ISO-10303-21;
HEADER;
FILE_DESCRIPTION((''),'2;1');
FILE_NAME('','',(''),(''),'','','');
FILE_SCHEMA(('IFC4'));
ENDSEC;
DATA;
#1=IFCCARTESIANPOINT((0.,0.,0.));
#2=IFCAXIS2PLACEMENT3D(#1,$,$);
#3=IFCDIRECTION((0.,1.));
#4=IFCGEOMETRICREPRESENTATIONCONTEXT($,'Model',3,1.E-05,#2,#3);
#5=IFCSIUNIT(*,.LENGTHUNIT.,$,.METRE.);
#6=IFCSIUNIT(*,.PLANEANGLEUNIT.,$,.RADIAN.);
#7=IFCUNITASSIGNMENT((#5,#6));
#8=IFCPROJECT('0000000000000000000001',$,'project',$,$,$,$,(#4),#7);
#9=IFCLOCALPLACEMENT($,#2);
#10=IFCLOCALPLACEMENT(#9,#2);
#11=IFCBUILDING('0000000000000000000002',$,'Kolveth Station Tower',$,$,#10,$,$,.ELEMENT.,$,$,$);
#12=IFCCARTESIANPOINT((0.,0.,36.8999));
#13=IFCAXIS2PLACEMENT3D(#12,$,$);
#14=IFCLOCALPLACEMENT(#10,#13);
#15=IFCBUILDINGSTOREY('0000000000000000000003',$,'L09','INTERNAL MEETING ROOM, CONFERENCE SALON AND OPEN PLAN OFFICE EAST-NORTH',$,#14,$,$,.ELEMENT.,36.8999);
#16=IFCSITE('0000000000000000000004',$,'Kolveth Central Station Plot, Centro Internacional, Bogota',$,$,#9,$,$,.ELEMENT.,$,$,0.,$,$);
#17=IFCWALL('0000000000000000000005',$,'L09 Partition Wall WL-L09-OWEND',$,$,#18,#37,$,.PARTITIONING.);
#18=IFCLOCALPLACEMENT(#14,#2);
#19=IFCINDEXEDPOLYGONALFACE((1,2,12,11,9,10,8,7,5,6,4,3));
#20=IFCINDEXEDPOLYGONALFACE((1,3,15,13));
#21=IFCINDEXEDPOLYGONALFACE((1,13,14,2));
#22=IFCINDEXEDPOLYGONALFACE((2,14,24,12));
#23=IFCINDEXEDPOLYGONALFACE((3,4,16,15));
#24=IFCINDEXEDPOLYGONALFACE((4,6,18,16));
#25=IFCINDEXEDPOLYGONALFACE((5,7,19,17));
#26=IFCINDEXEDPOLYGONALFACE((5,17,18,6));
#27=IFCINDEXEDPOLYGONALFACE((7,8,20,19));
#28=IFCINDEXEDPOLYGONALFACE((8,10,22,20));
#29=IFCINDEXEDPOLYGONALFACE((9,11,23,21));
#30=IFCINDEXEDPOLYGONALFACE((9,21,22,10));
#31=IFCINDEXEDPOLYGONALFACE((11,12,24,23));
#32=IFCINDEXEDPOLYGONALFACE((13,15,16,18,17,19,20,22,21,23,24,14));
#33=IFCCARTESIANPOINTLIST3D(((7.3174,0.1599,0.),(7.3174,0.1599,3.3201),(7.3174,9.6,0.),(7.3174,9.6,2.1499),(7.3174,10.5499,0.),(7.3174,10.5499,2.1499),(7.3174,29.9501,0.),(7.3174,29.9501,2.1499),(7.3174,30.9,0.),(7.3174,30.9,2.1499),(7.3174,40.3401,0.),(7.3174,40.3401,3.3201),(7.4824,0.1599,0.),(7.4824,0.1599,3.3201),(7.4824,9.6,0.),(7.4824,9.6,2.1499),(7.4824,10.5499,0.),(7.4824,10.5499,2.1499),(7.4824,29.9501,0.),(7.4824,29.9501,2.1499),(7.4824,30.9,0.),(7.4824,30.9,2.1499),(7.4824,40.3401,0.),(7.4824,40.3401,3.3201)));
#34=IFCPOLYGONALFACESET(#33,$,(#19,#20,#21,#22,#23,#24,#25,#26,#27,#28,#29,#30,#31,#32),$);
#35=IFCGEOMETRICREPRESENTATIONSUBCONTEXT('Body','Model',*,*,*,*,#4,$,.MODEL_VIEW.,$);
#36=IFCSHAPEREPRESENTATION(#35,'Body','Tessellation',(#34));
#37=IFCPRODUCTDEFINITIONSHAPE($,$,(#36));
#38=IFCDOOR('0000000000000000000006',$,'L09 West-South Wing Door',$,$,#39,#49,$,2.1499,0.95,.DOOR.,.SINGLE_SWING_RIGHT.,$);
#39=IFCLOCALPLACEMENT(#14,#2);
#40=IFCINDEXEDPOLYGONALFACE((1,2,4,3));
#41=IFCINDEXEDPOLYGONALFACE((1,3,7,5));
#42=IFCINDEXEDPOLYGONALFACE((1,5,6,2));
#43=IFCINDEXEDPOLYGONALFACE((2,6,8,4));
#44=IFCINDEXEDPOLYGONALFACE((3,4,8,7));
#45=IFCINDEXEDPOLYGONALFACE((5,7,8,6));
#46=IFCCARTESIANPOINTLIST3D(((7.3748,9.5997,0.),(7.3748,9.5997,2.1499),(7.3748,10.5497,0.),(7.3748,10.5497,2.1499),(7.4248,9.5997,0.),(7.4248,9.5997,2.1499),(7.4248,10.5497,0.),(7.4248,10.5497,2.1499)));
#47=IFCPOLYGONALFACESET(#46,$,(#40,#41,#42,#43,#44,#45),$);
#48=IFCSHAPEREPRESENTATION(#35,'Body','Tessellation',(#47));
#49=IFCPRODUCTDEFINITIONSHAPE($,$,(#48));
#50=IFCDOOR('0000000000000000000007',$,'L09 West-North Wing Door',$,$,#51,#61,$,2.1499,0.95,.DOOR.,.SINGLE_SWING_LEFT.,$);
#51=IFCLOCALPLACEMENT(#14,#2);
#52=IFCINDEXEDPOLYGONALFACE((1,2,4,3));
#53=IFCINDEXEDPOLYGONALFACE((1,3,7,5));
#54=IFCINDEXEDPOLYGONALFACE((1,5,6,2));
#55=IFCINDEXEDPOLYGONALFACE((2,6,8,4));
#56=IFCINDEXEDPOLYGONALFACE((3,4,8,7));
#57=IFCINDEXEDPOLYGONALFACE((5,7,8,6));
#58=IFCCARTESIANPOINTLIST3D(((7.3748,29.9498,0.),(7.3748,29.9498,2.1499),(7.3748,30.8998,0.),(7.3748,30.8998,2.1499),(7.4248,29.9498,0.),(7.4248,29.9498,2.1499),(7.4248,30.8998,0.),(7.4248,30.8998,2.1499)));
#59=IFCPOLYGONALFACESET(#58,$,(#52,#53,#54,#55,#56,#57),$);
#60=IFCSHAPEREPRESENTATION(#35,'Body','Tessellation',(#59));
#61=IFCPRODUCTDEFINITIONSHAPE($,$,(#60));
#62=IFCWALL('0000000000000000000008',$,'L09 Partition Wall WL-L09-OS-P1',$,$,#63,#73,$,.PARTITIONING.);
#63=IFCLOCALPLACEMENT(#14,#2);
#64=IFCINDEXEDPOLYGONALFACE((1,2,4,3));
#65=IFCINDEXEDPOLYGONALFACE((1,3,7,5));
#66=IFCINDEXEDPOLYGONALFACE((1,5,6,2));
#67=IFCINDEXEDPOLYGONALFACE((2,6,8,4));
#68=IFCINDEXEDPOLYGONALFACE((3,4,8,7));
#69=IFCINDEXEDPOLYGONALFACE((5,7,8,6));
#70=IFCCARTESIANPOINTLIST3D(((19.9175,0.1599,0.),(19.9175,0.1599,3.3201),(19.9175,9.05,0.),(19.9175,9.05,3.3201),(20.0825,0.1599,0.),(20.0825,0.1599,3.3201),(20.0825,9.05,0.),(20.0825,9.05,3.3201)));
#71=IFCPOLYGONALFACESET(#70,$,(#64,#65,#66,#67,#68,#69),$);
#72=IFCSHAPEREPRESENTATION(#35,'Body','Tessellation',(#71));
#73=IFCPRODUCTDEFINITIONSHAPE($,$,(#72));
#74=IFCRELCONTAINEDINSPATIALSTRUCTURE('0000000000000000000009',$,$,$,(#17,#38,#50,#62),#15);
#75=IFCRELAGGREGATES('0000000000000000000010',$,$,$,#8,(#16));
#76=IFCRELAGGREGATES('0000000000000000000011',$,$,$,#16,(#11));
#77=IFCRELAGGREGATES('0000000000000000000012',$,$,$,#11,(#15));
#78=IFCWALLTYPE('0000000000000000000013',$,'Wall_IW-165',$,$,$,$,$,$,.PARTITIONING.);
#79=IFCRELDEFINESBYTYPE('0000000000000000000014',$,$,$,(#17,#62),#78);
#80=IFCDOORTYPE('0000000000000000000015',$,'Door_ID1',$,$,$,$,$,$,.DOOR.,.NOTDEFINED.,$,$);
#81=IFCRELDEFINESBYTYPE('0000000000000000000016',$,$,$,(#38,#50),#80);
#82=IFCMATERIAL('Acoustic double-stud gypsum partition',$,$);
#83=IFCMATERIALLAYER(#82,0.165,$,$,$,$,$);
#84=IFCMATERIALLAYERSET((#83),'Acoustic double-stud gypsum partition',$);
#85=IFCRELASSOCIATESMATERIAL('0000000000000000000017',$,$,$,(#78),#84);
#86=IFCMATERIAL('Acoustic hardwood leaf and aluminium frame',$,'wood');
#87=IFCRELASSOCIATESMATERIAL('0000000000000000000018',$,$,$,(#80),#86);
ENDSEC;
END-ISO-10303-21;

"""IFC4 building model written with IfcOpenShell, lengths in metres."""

from ifc_helpers import new_model, si_unit, direction, frame, frame_2d, origin, place, context, subcontext, project, spatial, rectangle, extrude, material, layer, layer_set, type_object, element, fill, save


model = new_model("IFC4")

# Units and contexts
model_context = context("Model", 3, precision=1e-05, world=origin(), true_north=direction((0.0, 1.0)))
body_context = subcontext(model_context, "Body", "Model", "MODEL_VIEW")
ifc_project = project(units=[si_unit("LENGTHUNIT", "METRE"), si_unit("PLANEANGLEUNIT", "RADIAN")], contexts=[model_context])

# Site, building, storey
site_placement = place(None, origin())
site = spatial("IfcSite", under=ifc_project, at=site_placement, Name="Kolveth Central Station Plot, Centro Internacional, Bogota", CompositionType="ELEMENT", RefElevation=0.0)
building_placement = place(site_placement, origin())
building = spatial("IfcBuilding", under=site, at=building_placement, Name="Kolveth Station Tower", CompositionType="ELEMENT")
storey_placement = place(building_placement, frame((0.0, 0.0, 36.8999)))
storey = spatial("IfcBuildingStorey", under=building, at=storey_placement, Name="L09", Description="INTERNAL MEETING ROOM, CONFERENCE SALON AND OPEN PLAN OFFICE EAST-NORTH", CompositionType="ELEMENT", Elevation=36.8999)

# Wall, openings, doors
ifc_material_1 = material(Name="Acoustic double-stud gypsum partition")
ifc_layer_1 = layer(ifc_material_1, 0.165)
ifc_layer_set_1 = layer_set([ifc_layer_1], Name="Acoustic double-stud gypsum partition")
wall_type = type_object("IfcWallType", Name="Wall_IW-165", PredefinedType="PARTITIONING", material=ifc_layer_set_1)
wall_1_placement = place(storey_placement, frame((7.3999, 0.1599, 0.0), z_axis=(0.0, 0.0, 1.0), x_axis=(0.0, 1.0, 0.0)))
wall_1 = element("IfcWall", 1, at=wall_1_placement, inside=storey, type_object=wall_type, Name="L09 Partition Wall WL-L09-OWEND", PredefinedType="PARTITIONING", context=body_context, shape_type="SweptSolid", body=[
    extrude(rectangle(XDim=40.1802, YDim=0.165, at=frame_2d((20.0901, 0.0))), origin(), (0.0, 0.0, 1.0), 3.3201),
])
opening_1_placement = place(wall_1_placement, frame((9.4399, 0.0, 0.0)))
opening_1 = element("IfcOpeningElement", 2, at=opening_1_placement, cuts=wall_1, PredefinedType="OPENING", context=body_context, shape_type="SweptSolid", body=[
    extrude(rectangle(XDim=0.95, YDim=2.1499, at=frame_2d((0.4751, 1.075))), frame((0.0, 0.0925, 0.0), z_axis=(0.0, -1.0, 0.0), x_axis=(1.0, 0.0, 0.0)), (0.0, 0.0, 1.0), 0.1851),
])
opening_2_placement = place(wall_1_placement, frame((29.79, 0.0, 0.0)))
opening_2 = element("IfcOpeningElement", 3, at=opening_2_placement, cuts=wall_1, PredefinedType="OPENING", context=body_context, shape_type="SweptSolid", body=[
    extrude(rectangle(XDim=0.95, YDim=2.1499, at=frame_2d((0.4751, 1.075))), frame((0.0, 0.0925, 0.0), z_axis=(0.0, -1.0, 0.0), x_axis=(1.0, 0.0, 0.0)), (0.0, 0.0, 1.0), 0.1851),
])
ifc_material_2 = material(Name="Acoustic hardwood leaf and aluminium frame", Category="wood")
door_type = type_object("IfcDoorType", Name="Door_ID1", OperationType="NOTDEFINED", PredefinedType="DOOR", material=ifc_material_2)
door_1_placement = place(opening_1_placement, frame((0.95, 0.0, 0.0), z_axis=(0.0, 0.0, 1.0), x_axis=(-1.0, 0.0, 0.0)))
door_1 = element("IfcDoor", 4, at=door_1_placement, inside=storey, type_object=door_type, Name="L09 West-South Wing Door", OperationType="SINGLE_SWING_RIGHT", OverallHeight=2.1499, OverallWidth=0.95, PredefinedType="DOOR", context=body_context, shape_type="SweptSolid", body=[
    extrude(rectangle(XDim=0.95, YDim=2.1499, at=frame_2d((0.4751, 1.075))), frame((0.0, 0.0249, 0.0), z_axis=(0.0, -1.0, 0.0), x_axis=(1.0, 0.0, 0.0)), (0.0, 0.0, 1.0), 0.05),
])
fill(opening_1, door_1)
door_2_placement = place(opening_2_placement, frame((0.95, 0.0, 0.0), z_axis=(0.0, 0.0, 1.0), x_axis=(-1.0, 0.0, 0.0)))
door_2 = element("IfcDoor", 5, at=door_2_placement, inside=storey, type_object=door_type, Name="L09 West-North Wing Door", OperationType="SINGLE_SWING_LEFT", OverallHeight=2.1499, OverallWidth=0.95, PredefinedType="DOOR", context=body_context, shape_type="SweptSolid", body=[
    extrude(rectangle(XDim=0.95, YDim=2.1499, at=frame_2d((0.4751, 1.075))), frame((0.0, 0.0249, 0.0), z_axis=(0.0, -1.0, 0.0), x_axis=(1.0, 0.0, 0.0)), (0.0, 0.0, 1.0), 0.05),
])
fill(opening_2, door_2)

# Wall
wall_2_placement = place(storey_placement, frame((20.0, 0.1599, 0.0), z_axis=(0.0, 0.0, 1.0), x_axis=(0.0, 1.0, 0.0)))
element("IfcWall", 6, at=wall_2_placement, inside=storey, type_object=wall_type, Name="L09 Partition Wall WL-L09-OS-P1", PredefinedType="PARTITIONING", context=body_context, shape_type="SweptSolid", body=[
    extrude(rectangle(XDim=8.8901, YDim=0.165, at=frame_2d((4.4451, 0.0))), origin(), (0.0, 0.0, 1.0), 3.3201),
])

save(model, "model.ifc")
